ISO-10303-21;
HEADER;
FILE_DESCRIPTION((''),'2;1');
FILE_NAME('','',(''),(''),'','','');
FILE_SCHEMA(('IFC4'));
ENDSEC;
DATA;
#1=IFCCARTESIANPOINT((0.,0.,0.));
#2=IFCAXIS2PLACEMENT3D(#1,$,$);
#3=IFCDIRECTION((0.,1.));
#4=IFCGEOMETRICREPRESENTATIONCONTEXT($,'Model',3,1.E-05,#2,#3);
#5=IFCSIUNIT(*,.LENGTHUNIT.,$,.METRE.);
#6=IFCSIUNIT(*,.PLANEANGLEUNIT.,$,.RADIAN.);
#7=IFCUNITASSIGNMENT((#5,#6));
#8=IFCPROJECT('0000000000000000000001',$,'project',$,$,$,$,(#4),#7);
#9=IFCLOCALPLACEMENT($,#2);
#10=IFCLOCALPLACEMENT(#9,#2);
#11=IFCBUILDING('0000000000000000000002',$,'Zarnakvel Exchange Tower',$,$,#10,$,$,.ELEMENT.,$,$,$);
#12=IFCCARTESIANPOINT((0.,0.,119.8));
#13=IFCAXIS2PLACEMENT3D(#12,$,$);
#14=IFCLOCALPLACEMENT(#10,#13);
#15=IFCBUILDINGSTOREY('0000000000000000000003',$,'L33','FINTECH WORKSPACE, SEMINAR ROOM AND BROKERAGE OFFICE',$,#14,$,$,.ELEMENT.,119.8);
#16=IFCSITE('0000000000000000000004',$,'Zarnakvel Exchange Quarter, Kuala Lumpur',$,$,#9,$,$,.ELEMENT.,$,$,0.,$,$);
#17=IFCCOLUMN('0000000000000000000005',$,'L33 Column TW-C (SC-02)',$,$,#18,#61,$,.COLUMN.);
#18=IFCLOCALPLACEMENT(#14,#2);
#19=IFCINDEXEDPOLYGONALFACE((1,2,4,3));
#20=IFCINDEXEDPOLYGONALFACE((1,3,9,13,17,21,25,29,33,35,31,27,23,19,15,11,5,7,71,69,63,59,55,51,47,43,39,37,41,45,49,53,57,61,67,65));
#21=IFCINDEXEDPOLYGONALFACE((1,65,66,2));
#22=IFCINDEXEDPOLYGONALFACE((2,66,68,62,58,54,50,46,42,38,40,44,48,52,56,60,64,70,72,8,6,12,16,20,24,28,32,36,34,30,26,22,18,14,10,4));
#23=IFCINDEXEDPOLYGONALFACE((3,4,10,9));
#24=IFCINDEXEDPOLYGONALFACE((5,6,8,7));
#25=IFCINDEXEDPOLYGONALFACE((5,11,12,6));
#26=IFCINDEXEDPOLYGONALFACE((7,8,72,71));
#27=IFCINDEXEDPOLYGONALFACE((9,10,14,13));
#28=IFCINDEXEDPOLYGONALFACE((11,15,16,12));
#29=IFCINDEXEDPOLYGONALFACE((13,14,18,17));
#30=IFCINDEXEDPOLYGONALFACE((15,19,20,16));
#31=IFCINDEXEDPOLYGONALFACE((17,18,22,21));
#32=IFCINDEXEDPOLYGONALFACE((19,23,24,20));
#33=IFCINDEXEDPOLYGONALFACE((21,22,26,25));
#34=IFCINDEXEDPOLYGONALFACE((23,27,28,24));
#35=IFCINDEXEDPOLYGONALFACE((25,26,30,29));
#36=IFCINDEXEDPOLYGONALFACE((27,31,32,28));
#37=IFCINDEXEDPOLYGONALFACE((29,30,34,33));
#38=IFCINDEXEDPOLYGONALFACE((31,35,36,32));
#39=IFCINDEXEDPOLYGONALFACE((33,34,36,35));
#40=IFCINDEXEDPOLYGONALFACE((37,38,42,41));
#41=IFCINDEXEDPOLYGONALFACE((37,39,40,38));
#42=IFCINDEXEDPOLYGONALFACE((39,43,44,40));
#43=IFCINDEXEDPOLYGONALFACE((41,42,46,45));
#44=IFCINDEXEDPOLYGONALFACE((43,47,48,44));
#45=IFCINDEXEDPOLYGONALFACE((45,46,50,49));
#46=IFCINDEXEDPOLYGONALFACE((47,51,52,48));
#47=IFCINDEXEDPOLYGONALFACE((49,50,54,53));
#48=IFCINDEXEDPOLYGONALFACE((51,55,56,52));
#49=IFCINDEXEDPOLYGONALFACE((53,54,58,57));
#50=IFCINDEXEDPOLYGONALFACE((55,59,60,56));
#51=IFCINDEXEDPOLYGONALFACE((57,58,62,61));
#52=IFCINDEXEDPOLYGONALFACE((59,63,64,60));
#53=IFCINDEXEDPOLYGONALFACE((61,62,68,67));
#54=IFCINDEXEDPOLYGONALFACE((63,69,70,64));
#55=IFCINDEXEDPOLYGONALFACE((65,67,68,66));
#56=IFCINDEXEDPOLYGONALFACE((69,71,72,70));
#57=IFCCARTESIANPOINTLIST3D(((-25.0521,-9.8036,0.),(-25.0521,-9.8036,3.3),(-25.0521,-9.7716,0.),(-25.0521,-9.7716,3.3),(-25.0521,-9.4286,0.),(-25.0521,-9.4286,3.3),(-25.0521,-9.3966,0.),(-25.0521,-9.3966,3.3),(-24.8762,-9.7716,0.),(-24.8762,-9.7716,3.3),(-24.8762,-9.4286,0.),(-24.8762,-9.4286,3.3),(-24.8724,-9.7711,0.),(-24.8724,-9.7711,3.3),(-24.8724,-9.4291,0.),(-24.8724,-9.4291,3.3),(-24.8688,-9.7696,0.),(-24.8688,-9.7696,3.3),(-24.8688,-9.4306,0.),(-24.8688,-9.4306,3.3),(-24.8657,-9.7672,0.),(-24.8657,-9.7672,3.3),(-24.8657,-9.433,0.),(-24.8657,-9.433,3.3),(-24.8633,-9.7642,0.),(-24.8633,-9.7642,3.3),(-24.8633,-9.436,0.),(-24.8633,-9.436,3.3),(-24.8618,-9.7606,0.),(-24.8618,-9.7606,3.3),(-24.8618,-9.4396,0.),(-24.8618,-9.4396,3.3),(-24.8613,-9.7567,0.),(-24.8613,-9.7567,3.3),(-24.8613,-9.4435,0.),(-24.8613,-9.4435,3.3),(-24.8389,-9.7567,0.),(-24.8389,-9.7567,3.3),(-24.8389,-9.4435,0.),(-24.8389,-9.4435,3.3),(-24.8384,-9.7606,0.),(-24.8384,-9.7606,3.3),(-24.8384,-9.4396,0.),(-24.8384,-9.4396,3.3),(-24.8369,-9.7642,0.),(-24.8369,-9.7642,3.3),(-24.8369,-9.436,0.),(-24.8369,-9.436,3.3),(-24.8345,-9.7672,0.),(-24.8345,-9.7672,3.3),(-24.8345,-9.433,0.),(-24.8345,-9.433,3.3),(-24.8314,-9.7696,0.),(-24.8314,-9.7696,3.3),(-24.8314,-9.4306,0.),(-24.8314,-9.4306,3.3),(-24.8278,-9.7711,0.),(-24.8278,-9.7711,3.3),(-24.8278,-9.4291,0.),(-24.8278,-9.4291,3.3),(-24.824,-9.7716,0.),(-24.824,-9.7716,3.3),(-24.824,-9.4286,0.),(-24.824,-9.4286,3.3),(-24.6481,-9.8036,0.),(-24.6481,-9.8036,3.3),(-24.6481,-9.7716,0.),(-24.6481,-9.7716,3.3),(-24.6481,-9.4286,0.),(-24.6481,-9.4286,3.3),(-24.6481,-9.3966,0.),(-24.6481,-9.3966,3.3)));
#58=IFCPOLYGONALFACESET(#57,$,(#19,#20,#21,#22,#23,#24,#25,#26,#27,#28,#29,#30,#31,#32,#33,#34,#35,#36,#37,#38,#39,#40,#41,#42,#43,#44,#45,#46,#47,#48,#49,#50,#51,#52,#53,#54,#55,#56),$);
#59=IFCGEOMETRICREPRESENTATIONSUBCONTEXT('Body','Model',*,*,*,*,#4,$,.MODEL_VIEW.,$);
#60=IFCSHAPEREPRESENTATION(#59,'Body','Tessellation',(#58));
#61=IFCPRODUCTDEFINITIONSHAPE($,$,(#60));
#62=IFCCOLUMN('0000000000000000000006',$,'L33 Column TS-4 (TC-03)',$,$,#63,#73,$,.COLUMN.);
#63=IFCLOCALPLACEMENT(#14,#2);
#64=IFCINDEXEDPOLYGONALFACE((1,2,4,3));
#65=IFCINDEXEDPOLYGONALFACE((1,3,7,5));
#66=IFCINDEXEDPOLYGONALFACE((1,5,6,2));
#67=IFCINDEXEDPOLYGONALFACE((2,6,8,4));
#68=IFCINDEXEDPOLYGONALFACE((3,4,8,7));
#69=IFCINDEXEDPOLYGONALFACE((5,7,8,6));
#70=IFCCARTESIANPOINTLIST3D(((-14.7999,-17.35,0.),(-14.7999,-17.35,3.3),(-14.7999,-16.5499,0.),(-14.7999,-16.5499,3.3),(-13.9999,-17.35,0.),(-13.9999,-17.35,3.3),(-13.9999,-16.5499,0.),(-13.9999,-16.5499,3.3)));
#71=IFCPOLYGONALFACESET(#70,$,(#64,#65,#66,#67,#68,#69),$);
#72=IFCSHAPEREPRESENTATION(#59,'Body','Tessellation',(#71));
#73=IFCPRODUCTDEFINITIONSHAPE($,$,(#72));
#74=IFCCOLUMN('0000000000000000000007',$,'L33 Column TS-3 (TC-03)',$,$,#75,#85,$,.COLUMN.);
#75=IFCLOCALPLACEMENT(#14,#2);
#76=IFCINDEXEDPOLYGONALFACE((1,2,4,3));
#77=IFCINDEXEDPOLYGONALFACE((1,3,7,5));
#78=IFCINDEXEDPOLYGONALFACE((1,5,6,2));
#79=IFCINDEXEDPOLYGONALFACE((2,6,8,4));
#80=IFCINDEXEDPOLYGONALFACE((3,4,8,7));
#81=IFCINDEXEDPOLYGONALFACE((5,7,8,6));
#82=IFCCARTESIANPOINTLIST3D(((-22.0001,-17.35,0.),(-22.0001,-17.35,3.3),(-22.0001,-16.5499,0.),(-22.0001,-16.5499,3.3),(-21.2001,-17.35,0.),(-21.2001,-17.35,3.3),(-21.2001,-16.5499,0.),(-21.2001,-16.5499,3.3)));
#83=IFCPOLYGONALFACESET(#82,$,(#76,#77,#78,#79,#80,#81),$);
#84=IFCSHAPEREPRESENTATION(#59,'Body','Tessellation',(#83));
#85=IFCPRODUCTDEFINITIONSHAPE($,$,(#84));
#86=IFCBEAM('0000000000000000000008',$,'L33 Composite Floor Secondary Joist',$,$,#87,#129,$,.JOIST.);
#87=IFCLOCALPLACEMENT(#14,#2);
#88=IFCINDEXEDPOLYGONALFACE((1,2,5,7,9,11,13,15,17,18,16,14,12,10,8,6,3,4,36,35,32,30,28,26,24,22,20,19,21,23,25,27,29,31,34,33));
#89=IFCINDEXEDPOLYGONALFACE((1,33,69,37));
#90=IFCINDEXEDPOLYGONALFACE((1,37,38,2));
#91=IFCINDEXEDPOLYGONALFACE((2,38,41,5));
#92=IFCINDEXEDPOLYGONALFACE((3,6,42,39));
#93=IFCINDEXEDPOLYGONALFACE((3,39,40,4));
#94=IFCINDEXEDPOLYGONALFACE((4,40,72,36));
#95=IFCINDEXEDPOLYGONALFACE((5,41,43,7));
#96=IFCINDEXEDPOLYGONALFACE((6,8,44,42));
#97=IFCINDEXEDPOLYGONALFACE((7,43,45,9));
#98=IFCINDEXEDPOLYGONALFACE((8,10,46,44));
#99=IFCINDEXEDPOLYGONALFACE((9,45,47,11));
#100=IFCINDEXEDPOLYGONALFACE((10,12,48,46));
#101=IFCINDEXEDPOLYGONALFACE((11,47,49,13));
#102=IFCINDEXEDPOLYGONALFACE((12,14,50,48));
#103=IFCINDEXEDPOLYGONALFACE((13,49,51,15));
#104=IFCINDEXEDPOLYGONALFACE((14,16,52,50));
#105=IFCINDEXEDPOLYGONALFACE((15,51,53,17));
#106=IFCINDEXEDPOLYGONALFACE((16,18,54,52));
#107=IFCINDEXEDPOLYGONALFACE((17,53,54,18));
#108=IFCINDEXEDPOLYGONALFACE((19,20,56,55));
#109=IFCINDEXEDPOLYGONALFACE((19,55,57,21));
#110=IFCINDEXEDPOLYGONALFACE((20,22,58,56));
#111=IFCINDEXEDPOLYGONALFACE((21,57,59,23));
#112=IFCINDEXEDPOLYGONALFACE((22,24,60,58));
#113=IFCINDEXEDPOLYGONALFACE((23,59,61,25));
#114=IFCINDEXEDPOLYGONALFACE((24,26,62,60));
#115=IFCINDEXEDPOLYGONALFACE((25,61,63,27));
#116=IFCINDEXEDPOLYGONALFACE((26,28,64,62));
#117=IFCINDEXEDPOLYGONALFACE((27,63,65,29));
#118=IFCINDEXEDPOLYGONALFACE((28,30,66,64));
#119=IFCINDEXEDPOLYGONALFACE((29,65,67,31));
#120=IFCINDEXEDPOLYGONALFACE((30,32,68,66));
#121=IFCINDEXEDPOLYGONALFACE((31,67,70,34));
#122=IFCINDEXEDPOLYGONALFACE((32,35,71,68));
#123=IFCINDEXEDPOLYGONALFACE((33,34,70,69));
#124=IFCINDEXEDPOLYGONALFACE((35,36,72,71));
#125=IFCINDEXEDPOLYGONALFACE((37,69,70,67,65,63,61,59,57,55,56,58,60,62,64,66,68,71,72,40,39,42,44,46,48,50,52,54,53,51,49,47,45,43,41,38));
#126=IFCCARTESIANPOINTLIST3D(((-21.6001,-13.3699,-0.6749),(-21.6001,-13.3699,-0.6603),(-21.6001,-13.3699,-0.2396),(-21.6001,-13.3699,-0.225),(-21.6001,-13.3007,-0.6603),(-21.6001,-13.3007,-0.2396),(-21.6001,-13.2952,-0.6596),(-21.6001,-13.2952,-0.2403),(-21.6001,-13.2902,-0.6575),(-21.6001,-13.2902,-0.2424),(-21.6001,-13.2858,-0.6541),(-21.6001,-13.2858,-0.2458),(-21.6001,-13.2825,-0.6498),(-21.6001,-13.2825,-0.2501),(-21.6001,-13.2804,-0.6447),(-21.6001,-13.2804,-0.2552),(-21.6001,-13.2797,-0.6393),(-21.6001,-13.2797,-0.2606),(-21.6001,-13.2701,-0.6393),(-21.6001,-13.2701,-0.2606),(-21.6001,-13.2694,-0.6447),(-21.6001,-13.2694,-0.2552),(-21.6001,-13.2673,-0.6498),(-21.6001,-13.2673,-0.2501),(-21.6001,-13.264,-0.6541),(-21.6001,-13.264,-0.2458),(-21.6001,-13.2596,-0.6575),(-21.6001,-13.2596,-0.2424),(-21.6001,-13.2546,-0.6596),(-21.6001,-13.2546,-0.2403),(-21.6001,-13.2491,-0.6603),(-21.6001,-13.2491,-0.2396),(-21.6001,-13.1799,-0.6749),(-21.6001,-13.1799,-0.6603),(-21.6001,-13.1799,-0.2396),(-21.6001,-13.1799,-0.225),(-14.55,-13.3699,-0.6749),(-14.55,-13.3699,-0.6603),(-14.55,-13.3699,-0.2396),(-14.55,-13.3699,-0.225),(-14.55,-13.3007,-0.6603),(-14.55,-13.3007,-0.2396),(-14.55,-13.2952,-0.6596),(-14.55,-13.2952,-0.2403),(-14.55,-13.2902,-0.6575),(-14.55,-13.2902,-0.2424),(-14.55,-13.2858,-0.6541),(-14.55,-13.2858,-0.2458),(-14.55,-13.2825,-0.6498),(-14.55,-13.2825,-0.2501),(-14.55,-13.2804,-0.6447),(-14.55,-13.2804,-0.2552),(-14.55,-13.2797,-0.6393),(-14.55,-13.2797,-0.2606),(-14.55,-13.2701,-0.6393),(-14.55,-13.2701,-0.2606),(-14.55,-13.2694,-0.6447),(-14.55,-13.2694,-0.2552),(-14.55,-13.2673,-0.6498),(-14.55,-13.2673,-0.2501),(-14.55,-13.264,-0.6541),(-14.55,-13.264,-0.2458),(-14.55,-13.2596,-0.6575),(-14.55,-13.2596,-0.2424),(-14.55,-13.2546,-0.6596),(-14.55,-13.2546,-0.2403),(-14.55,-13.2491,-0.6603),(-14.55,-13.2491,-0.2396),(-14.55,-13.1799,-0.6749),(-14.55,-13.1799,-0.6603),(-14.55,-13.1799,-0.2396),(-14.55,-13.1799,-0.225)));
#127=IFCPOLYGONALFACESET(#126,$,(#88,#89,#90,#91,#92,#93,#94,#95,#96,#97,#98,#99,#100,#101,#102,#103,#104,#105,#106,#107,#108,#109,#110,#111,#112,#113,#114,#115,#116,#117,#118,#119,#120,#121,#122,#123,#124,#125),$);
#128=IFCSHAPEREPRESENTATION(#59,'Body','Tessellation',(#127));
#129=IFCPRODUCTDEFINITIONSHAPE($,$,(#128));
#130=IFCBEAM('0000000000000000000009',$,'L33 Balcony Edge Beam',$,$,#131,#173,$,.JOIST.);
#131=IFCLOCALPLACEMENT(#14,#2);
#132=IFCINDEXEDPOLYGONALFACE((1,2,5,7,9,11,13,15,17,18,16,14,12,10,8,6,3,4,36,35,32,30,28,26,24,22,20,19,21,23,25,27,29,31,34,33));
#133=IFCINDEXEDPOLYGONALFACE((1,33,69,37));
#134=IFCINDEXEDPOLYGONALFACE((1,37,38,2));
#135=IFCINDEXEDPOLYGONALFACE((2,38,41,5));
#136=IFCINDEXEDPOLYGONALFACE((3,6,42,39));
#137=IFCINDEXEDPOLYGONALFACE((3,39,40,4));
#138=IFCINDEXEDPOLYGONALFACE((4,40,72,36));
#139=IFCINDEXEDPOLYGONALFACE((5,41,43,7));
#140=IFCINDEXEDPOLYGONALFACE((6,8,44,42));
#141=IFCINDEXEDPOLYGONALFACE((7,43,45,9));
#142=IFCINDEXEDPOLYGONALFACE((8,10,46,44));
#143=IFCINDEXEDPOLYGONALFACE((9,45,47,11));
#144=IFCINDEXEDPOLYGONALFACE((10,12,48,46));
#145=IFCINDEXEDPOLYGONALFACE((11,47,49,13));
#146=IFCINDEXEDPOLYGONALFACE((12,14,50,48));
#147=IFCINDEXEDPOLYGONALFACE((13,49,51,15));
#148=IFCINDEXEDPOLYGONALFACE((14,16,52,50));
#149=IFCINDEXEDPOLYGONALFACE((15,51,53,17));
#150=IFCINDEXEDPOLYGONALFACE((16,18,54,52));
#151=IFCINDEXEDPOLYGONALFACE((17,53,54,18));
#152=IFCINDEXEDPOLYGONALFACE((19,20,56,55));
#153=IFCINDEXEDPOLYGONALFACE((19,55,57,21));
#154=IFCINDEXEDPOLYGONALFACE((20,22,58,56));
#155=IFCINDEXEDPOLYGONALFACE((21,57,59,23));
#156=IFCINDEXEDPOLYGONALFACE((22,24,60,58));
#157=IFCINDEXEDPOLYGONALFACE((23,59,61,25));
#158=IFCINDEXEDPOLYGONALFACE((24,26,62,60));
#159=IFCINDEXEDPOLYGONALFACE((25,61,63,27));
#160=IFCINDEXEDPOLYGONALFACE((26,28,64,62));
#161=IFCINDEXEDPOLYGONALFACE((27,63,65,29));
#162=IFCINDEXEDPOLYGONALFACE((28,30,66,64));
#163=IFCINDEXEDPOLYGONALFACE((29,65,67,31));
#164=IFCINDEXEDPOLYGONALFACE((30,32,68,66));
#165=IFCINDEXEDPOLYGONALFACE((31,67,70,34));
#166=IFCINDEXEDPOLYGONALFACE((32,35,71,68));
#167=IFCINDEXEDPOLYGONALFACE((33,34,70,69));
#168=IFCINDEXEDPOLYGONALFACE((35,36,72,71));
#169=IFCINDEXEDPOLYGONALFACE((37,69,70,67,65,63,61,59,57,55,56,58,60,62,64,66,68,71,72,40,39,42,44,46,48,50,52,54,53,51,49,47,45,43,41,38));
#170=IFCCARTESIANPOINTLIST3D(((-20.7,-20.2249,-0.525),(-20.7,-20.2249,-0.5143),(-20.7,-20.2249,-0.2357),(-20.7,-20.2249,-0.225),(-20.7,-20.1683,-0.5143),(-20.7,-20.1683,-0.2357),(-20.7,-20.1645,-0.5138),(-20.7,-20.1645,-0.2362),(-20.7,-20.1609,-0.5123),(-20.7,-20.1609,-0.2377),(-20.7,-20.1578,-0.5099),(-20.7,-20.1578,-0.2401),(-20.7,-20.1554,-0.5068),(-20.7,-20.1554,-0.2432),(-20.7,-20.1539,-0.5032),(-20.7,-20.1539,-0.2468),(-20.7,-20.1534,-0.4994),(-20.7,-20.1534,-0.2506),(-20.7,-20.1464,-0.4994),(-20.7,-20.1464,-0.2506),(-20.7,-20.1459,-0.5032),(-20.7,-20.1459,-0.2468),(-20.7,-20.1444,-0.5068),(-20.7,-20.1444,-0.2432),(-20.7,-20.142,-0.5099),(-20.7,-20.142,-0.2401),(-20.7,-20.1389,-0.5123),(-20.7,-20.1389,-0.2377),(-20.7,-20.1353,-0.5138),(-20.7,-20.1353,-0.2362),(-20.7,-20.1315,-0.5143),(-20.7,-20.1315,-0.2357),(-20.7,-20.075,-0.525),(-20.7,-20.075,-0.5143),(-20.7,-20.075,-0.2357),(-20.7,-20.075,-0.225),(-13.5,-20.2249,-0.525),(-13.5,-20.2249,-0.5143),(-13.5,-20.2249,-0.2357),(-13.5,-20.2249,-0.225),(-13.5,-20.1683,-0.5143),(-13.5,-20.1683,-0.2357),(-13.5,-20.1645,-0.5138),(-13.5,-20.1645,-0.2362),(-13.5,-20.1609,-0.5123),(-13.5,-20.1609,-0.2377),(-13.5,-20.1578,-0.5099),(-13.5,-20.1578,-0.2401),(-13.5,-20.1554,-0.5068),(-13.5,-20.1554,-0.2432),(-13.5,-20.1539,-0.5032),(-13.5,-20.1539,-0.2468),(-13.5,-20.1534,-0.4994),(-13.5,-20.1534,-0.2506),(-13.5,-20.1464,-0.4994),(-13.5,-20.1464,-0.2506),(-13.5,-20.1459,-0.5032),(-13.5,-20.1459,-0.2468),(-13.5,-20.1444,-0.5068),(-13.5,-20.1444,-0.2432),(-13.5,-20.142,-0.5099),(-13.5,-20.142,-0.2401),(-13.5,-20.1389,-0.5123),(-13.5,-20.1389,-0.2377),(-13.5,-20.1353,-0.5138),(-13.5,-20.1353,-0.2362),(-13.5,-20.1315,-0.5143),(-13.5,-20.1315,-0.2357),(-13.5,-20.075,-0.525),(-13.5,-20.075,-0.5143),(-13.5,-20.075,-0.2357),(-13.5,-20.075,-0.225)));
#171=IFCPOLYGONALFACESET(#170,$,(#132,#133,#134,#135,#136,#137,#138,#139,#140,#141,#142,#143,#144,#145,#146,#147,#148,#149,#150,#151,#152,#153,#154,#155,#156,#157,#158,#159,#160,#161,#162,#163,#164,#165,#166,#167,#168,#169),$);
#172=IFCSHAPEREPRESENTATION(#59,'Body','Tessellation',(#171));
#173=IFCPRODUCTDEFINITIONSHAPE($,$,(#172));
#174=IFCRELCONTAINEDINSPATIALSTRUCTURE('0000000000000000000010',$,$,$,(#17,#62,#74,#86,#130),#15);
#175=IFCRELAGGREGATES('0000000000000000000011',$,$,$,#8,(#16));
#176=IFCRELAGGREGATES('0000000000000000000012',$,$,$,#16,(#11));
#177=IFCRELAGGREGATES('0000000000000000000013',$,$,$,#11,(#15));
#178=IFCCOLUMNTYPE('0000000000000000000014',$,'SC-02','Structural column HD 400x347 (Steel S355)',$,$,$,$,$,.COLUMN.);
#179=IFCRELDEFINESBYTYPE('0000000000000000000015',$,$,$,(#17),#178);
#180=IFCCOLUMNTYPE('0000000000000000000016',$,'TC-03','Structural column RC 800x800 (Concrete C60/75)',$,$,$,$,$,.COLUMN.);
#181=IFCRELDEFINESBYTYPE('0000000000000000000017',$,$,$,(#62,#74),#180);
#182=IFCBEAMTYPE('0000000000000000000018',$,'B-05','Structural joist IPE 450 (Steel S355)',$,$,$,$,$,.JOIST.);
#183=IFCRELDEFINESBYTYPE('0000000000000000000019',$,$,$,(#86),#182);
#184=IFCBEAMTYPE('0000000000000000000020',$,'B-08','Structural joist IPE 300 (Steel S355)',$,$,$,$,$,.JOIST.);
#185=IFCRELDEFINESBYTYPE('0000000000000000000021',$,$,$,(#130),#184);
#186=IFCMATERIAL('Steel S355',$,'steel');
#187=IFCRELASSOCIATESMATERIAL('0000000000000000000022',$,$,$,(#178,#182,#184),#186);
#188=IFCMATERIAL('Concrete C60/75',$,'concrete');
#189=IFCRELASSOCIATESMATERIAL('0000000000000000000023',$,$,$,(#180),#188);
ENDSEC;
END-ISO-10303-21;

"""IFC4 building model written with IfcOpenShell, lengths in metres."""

from ifc_helpers import new_model, si_unit, direction, frame, origin, origin_2d, place, context, subcontext, project, spatial, rectangle, i_section, extrude, material, material_profile, profile_set, type_object, element, save


model = new_model("IFC4")

# Units and contexts
model_context = context("Model", 3, precision=1e-05, world=origin(), true_north=direction((0.0, 1.0)))
body_context = subcontext(model_context, "Body", "Model", "MODEL_VIEW")
ifc_project = project(units=[si_unit("LENGTHUNIT", "METRE"), si_unit("PLANEANGLEUNIT", "RADIAN")], contexts=[model_context])

# Site, building, storey
site_placement = place(None, origin())
site = spatial("IfcSite", under=ifc_project, at=site_placement, Name="Zarnakvel Exchange Quarter, Kuala Lumpur", CompositionType="ELEMENT", RefElevation=0.0)
building_placement = place(site_placement, origin())
building = spatial("IfcBuilding", under=site, at=building_placement, Name="Zarnakvel Exchange Tower", CompositionType="ELEMENT")
storey_placement = place(building_placement, frame((0.0, 0.0, 119.8)))
storey = spatial("IfcBuildingStorey", under=building, at=storey_placement, Name="L33", Description="FINTECH WORKSPACE, SEMINAR ROOM AND BROKERAGE OFFICE", CompositionType="ELEMENT", Elevation=119.8)

# Columns
ifc_material_1 = material(Name="Steel S355", Category="steel")
ifc_material_profile_1 = material_profile(ifc_material_1, i_section(OverallWidth=0.4041, OverallDepth=0.407, WebThickness=0.0225, FlangeThickness=0.032, FilletRadius=0.0149, at=origin_2d()))
ifc_profile_set_1 = profile_set([ifc_material_profile_1], Name="Steel S355")
column_type_1 = type_object("IfcColumnType", Name="SC-02", Description="Structural column HD 400x347 (Steel S355)", PredefinedType="COLUMN", material=ifc_profile_set_1)
column_placement = place(storey_placement, frame((-24.8501, -9.6001, 0.0), z_axis=(0.0, 0.0, 1.0), x_axis=(1.0, 0.0, 0.0)))
element("IfcColumn", 1, at=column_placement, inside=storey, type_object=column_type_1, Name="L33 Column TW-C (SC-02)", PredefinedType="COLUMN", context=body_context, shape_type="SweptSolid", body=[
    extrude(i_section(OverallWidth=0.4041, OverallDepth=0.407, WebThickness=0.0225, FlangeThickness=0.032, FilletRadius=0.0149, at=origin_2d()), origin(), (0.0, 0.0, 1.0), 3.3),
])
ifc_material_2 = material(Name="Concrete C60/75", Category="concrete")
ifc_material_profile_2 = material_profile(ifc_material_2, rectangle(XDim=0.8, YDim=0.8, at=origin_2d()))
ifc_profile_set_2 = profile_set([ifc_material_profile_2], Name="Concrete C60/75")
column_type_2 = type_object("IfcColumnType", Name="TC-03", Description="Structural column RC 800x800 (Concrete C60/75)", PredefinedType="COLUMN", material=ifc_profile_set_2)
for number, where, z_axis, x_axis, name in (
    (2, (-14.3999, -16.95, 0.0), (0.0, 0.0, 1.0), (1.0, 0.0, 0.0), "L33 Column TS-4 (TC-03)"),
    (3, (-21.6001, -16.95, 0.0), (0.0, 0.0, 1.0), (1.0, 0.0, 0.0), "L33 Column TS-3 (TC-03)"),
):
    element("IfcColumn", number, at=place(storey_placement, frame(where, z_axis=z_axis, x_axis=x_axis)), inside=storey, type_object=column_type_2, Name=name, PredefinedType="COLUMN", context=body_context, shape_type="SweptSolid", body=[
        extrude(rectangle(XDim=0.8, YDim=0.8, at=origin_2d()), origin(), (0.0, 0.0, 1.0), 3.3),
    ])

# Beams
ifc_material_profile_3 = material_profile(ifc_material_1, i_section(OverallWidth=0.1899, OverallDepth=0.45, WebThickness=0.0095, FlangeThickness=0.0146, FilletRadius=0.021, at=origin_2d()))
ifc_profile_set_3 = profile_set([ifc_material_profile_3], Name="Steel S355")
beam_type_1 = type_object("IfcBeamType", Name="B-05", Description="Structural joist IPE 450 (Steel S355)", PredefinedType="JOIST", material=ifc_profile_set_3)
beam_1_placement = place(storey_placement, frame((-21.6001, -13.2749, -0.45), z_axis=(1.0, 0.0, 0.0), x_axis=(0.0, 1.0, 0.0)))
element("IfcBeam", 4, at=beam_1_placement, inside=storey, type_object=beam_type_1, Name="L33 Composite Floor Secondary Joist", PredefinedType="JOIST", context=body_context, shape_type="SweptSolid", body=[
    extrude(i_section(OverallWidth=0.1899, OverallDepth=0.45, WebThickness=0.0095, FlangeThickness=0.0146, FilletRadius=0.021, at=origin_2d()), origin(), (0.0, 0.0, 1.0), 7.05),
])
ifc_material_profile_4 = material_profile(ifc_material_1, i_section(OverallWidth=0.1499, OverallDepth=0.3, WebThickness=0.0071, FlangeThickness=0.0107, FilletRadius=0.0149, at=origin_2d()))
ifc_profile_set_4 = profile_set([ifc_material_profile_4], Name="Steel S355")
beam_type_2 = type_object("IfcBeamType", Name="B-08", Description="Structural joist IPE 300 (Steel S355)", PredefinedType="JOIST", material=ifc_profile_set_4)
beam_2_placement = place(storey_placement, frame((-20.7, -20.1499, -0.375), z_axis=(1.0, 0.0, 0.0), x_axis=(0.0, 1.0, 0.0)))
element("IfcBeam", 5, at=beam_2_placement, inside=storey, type_object=beam_type_2, Name="L33 Balcony Edge Beam", PredefinedType="JOIST", context=body_context, shape_type="SweptSolid", body=[
    extrude(i_section(OverallWidth=0.1499, OverallDepth=0.3, WebThickness=0.0071, FlangeThickness=0.0107, FilletRadius=0.0149, at=origin_2d()), origin(), (0.0, 0.0, 1.0), 7.2),
])

save(model, "model.ifc")
